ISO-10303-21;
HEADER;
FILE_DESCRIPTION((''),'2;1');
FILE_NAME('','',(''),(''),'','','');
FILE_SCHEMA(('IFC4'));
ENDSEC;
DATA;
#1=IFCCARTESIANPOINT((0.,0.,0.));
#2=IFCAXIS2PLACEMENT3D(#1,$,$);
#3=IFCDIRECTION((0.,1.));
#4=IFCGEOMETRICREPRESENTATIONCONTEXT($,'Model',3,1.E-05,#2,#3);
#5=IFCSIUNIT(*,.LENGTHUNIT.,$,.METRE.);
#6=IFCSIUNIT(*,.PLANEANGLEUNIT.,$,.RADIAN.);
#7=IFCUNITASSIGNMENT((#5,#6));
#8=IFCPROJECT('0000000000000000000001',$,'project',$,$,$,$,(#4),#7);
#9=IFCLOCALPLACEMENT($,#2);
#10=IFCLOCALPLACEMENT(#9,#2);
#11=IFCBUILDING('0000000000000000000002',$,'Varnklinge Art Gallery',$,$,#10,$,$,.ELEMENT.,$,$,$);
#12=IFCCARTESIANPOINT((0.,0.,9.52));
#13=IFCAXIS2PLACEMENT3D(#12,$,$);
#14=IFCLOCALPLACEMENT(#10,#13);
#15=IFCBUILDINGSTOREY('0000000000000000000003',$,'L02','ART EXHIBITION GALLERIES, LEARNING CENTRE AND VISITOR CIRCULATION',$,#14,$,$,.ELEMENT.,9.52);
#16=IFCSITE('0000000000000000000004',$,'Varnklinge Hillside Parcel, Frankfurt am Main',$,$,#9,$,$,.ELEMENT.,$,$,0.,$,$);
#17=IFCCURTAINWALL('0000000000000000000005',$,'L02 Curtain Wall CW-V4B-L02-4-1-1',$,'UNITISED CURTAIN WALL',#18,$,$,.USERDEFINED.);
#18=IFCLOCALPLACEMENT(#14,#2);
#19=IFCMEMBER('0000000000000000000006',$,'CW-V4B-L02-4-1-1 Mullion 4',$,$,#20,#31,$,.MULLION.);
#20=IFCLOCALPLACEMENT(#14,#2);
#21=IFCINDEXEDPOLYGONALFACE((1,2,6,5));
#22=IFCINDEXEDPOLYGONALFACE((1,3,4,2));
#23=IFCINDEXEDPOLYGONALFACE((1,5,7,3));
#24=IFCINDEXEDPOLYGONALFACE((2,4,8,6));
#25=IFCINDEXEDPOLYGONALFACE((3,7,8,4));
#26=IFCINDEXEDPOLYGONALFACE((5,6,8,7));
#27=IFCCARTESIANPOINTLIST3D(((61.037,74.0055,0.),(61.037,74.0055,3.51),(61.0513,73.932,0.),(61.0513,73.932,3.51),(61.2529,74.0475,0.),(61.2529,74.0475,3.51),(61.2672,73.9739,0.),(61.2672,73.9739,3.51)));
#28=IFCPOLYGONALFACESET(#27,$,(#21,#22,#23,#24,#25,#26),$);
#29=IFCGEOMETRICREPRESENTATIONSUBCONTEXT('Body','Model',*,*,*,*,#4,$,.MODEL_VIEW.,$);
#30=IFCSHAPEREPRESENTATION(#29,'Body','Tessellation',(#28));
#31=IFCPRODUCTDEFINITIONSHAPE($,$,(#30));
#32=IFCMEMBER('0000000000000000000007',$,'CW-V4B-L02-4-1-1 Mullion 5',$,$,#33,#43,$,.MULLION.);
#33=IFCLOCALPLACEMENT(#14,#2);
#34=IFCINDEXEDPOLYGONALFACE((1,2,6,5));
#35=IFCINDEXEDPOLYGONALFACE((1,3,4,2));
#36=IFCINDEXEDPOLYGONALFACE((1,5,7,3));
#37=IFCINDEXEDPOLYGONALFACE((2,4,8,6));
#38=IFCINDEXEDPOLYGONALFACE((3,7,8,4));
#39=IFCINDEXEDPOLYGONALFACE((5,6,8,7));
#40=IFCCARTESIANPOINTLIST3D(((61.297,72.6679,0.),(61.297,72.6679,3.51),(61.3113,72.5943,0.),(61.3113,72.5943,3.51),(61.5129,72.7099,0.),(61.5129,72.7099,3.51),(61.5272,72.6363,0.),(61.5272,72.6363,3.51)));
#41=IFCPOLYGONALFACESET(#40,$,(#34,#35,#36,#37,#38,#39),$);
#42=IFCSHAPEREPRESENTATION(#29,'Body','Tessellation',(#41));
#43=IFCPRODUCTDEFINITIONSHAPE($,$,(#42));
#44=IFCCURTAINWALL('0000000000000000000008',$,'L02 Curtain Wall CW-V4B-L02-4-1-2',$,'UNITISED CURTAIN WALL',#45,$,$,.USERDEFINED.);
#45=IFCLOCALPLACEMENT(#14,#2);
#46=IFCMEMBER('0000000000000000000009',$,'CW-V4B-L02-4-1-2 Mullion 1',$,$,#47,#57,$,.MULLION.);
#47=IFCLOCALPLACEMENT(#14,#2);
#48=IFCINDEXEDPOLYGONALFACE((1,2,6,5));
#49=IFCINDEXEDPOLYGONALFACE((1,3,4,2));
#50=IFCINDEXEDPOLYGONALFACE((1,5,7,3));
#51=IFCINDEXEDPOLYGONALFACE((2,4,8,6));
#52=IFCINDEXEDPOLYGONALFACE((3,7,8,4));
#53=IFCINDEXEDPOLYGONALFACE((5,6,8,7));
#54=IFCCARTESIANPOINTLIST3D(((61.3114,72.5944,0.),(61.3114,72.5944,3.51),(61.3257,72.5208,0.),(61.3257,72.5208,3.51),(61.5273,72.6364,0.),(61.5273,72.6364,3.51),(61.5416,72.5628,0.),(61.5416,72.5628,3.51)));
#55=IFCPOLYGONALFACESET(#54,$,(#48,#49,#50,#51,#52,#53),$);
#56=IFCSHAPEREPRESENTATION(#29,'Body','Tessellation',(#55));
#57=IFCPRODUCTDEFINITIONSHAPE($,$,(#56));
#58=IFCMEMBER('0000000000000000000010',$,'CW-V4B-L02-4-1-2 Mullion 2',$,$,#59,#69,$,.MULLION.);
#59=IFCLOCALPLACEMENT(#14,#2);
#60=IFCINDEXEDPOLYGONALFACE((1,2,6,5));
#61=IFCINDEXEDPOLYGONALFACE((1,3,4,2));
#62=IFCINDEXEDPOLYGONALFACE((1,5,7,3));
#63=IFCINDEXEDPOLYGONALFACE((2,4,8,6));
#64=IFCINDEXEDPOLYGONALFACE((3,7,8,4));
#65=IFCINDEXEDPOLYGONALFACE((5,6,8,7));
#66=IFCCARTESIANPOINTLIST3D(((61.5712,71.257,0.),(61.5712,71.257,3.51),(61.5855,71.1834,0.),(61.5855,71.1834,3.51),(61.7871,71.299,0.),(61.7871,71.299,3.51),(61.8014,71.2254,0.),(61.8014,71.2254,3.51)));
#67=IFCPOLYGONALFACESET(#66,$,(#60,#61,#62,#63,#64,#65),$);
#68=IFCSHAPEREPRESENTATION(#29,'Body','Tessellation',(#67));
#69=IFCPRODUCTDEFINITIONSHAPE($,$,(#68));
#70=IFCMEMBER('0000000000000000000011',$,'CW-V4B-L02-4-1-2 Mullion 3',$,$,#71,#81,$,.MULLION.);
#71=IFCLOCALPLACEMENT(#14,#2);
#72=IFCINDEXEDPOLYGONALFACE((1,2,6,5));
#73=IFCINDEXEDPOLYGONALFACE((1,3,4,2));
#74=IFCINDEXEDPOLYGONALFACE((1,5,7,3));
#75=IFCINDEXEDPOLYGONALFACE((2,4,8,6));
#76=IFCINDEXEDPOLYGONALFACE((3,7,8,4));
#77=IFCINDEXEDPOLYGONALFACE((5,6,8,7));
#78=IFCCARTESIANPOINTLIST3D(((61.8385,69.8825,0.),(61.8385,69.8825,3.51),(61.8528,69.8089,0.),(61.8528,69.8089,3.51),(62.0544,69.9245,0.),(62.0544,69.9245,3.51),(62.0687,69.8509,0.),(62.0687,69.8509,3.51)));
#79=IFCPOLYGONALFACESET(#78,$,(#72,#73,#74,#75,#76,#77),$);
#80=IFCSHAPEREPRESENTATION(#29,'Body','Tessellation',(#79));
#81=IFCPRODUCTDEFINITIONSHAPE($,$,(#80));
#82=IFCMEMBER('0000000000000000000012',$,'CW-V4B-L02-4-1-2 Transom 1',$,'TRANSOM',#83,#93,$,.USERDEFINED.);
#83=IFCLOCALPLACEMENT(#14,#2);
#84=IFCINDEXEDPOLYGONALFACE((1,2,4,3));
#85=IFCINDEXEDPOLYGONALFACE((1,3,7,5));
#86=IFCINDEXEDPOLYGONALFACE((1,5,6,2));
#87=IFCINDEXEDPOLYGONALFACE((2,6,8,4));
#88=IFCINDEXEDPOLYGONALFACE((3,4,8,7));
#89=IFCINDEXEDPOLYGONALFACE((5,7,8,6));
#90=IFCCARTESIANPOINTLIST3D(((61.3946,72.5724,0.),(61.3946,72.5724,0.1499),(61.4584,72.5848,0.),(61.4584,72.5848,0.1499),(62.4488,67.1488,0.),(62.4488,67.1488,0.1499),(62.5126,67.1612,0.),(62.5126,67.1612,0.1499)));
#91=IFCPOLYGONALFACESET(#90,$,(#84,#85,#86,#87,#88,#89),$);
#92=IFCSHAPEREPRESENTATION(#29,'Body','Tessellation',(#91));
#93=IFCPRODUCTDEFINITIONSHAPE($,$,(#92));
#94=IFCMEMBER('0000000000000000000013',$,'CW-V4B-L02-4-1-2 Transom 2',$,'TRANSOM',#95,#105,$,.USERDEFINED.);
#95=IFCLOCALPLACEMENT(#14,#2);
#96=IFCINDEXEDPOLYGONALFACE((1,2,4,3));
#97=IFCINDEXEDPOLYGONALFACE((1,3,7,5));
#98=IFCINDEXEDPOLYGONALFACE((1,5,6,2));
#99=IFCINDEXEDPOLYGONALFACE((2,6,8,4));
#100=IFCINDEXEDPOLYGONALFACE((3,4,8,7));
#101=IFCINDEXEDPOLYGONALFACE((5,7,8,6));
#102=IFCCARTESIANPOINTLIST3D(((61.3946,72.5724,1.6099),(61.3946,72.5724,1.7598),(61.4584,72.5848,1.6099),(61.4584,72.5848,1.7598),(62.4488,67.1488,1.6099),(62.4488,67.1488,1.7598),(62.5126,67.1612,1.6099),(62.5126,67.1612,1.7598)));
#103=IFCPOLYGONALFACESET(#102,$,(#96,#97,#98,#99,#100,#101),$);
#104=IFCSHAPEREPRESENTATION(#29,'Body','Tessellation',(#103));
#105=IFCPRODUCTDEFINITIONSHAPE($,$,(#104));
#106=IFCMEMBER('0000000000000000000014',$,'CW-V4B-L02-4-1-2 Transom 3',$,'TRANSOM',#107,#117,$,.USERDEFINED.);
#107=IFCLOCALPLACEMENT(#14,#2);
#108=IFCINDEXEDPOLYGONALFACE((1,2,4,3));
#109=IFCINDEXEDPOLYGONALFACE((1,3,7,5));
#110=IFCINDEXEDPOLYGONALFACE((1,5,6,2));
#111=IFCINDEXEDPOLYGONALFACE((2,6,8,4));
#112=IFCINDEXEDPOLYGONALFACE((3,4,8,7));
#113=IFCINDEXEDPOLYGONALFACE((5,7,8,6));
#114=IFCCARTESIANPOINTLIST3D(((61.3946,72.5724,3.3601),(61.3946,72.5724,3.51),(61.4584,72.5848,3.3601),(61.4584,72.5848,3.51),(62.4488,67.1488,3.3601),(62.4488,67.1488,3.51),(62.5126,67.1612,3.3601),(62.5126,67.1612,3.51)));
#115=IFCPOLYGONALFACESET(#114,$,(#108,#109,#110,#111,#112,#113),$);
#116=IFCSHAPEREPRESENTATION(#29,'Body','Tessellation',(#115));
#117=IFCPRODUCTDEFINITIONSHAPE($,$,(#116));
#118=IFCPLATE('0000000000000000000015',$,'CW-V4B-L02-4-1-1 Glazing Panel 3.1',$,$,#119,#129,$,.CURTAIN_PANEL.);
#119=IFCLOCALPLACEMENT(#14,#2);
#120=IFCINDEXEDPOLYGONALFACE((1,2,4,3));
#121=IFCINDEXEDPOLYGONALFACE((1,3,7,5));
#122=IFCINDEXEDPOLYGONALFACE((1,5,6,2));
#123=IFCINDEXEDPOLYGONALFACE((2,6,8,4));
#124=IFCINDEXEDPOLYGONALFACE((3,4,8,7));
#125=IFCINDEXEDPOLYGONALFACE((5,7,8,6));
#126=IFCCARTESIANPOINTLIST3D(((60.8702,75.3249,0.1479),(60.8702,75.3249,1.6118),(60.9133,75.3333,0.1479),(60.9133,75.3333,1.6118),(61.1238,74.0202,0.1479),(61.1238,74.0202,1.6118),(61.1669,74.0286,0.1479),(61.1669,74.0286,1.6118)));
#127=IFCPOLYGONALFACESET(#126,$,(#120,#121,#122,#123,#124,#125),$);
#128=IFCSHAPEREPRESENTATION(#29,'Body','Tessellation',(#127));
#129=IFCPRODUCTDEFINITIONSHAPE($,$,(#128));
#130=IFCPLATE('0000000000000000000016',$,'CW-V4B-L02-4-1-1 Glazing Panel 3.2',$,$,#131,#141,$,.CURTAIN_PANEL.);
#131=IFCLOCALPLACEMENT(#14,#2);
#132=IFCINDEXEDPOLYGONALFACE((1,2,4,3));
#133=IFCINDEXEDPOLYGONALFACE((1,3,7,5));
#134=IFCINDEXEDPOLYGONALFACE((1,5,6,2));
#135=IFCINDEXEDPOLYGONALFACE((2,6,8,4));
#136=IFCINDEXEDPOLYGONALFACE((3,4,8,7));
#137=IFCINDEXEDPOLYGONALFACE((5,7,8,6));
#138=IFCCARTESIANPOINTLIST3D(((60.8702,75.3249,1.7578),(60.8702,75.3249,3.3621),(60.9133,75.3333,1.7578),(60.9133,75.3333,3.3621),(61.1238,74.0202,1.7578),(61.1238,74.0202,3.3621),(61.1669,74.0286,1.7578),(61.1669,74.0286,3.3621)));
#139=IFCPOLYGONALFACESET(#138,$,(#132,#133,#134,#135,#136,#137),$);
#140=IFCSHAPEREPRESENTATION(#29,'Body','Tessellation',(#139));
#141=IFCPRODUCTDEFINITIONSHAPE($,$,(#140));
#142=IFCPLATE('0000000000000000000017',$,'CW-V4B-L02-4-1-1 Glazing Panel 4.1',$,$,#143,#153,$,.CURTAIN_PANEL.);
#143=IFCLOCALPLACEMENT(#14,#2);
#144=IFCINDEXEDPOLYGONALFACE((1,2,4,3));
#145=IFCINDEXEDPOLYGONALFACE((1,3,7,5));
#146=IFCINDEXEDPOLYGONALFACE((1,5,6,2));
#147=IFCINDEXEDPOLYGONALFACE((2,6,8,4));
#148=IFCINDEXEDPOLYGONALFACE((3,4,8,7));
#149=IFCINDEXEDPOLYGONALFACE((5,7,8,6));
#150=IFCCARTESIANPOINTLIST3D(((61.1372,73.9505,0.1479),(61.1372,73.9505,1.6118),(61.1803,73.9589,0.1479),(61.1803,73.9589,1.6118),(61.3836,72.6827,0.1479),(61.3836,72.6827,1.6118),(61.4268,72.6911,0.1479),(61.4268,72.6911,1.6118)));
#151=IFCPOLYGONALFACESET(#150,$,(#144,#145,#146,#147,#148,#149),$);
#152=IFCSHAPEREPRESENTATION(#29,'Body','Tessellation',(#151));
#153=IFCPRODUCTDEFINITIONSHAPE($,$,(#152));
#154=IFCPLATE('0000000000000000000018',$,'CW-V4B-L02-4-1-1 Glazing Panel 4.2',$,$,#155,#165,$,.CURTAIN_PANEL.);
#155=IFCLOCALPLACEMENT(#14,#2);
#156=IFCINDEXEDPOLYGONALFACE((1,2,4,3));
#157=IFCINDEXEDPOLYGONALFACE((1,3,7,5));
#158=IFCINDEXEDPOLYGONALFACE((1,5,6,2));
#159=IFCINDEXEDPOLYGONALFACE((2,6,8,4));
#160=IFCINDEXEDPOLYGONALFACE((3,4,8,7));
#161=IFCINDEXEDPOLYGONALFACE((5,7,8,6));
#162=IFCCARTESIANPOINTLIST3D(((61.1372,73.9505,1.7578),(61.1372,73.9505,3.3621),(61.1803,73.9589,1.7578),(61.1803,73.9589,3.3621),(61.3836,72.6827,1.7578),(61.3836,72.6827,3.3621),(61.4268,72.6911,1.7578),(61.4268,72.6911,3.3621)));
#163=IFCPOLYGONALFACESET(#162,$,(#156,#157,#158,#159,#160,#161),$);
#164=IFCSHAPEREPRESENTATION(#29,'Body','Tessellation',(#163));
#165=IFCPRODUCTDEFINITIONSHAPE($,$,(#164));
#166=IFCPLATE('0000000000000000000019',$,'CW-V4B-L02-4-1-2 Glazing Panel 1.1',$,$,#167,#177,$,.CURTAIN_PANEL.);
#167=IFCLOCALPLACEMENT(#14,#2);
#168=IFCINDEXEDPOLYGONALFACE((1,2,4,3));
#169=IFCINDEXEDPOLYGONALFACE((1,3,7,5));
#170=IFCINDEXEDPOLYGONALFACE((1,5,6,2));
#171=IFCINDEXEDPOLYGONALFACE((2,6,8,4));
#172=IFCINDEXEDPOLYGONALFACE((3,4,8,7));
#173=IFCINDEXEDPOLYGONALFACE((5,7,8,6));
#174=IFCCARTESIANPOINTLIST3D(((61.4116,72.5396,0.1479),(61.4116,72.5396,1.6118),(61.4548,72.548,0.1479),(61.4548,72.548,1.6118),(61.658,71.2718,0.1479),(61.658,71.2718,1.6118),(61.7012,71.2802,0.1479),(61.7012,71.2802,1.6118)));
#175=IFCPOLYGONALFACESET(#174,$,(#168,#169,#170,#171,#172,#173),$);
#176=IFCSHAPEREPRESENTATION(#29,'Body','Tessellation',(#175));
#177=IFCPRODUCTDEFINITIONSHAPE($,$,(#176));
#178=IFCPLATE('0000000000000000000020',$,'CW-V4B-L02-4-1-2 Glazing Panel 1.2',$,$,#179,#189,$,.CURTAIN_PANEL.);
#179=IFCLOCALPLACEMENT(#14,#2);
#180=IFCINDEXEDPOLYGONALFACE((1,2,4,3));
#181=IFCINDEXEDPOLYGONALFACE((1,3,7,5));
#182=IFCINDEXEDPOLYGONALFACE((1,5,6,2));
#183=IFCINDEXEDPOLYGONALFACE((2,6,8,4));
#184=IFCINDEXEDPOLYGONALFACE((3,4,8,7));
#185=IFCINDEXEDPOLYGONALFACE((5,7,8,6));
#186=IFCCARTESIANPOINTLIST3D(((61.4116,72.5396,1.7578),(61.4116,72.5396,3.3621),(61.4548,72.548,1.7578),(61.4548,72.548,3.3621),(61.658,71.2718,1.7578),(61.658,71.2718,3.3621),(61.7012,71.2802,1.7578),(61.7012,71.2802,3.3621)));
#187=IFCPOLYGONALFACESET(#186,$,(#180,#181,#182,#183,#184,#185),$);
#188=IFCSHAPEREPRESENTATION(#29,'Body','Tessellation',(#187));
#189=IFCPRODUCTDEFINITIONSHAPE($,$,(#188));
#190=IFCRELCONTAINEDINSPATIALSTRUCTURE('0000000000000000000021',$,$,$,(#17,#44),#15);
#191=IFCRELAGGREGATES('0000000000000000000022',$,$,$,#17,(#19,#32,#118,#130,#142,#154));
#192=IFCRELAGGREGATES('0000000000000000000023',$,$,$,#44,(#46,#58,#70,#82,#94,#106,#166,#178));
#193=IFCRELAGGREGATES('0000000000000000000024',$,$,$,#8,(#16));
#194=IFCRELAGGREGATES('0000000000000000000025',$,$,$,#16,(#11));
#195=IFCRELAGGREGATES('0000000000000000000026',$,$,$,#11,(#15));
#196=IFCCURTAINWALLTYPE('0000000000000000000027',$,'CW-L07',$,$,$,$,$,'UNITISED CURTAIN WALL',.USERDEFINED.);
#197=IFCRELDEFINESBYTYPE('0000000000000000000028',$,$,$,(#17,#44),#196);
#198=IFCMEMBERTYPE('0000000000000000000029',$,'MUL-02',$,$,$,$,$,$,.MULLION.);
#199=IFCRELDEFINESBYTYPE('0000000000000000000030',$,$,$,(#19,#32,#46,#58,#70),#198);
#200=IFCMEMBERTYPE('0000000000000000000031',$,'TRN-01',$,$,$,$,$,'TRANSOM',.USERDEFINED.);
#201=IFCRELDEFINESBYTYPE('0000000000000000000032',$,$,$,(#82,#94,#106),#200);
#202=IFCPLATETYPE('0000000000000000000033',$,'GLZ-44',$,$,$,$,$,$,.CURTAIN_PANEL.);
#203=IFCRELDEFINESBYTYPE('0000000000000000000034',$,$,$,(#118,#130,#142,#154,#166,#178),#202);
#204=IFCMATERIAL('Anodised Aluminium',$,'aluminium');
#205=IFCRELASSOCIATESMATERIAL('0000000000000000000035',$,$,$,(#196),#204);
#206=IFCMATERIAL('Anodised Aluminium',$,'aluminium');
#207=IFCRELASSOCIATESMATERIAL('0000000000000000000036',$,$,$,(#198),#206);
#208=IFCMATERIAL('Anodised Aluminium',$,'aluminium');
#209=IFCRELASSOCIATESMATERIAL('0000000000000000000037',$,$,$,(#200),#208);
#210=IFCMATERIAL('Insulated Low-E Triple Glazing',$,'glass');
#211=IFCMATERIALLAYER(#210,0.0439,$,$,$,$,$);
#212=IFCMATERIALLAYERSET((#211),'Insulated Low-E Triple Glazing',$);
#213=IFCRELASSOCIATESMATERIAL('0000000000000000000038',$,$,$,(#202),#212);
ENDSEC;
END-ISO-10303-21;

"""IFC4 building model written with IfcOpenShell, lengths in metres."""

from ifc_helpers import new_model, si_unit, direction, frame, origin, origin_2d, place, context, subcontext, project, spatial, rectangle, extrude, material, layer, layer_set, material_profile, profile_set, type_object, element, aggregate, save


model = new_model("IFC4")

# Units and contexts
model_context = context("Model", 3, precision=1e-05, world=origin(), true_north=direction((0.0, 1.0)))
body_context = subcontext(model_context, "Body", "Model", "MODEL_VIEW")
ifc_project = project(units=[si_unit("LENGTHUNIT", "METRE"), si_unit("PLANEANGLEUNIT", "RADIAN")], contexts=[model_context])

# Site, building, storey
site_placement = place(None, origin())
site = spatial("IfcSite", under=ifc_project, at=site_placement, Name="Varnklinge Hillside Parcel, Frankfurt am Main", CompositionType="ELEMENT", RefElevation=0.0)
building_placement = place(site_placement, origin())
building = spatial("IfcBuilding", under=site, at=building_placement, Name="Varnklinge Art Gallery", CompositionType="ELEMENT")
storey_placement = place(building_placement, frame((0.0, 0.0, 9.52)))
storey = spatial("IfcBuildingStorey", under=building, at=storey_placement, Name="L02", Description="ART EXHIBITION GALLERIES, LEARNING CENTRE AND VISITOR CIRCULATION", CompositionType="ELEMENT", Elevation=9.52)

# Curtain walls, members
ifc_material_1 = material(Name="Anodised Aluminium", Category="aluminium")
curtain_wall_type = type_object("IfcCurtainWallType", Name="CW-L07", ElementType="UNITISED CURTAIN WALL", PredefinedType="USERDEFINED", material=ifc_material_1)
curtain_wall_1_placement = place(storey_placement, origin())
curtain_wall_1 = element("IfcCurtainWall", 1, at=curtain_wall_1_placement, inside=storey, type_object=curtain_wall_type, Name="L02 Curtain Wall CW-V4B-L02-4-1-1", ObjectType="UNITISED CURTAIN WALL", PredefinedType="USERDEFINED")
ifc_material_2 = material(Name="Anodised Aluminium", Category="aluminium")
ifc_material_profile_1 = material_profile(ifc_material_2, rectangle(XDim=0.075, YDim=0.22, at=origin_2d()), Name="ALU 75x220")
ifc_profile_set_1 = profile_set([ifc_material_profile_1], Name="Anodised Aluminium")
member_type_1 = type_object("IfcMemberType", Name="MUL-02", PredefinedType="MULLION", material=ifc_profile_set_1)
member_1_placement = place(storey_placement, frame((61.1521, 73.9897, 0.0), z_axis=(0.0, 0.0, 1.0), x_axis=(0.190809, -0.981627, 0.0)))
member_1 = element("IfcMember", 2, at=member_1_placement, type_object=member_type_1, Name="CW-V4B-L02-4-1-1 Mullion 4", PredefinedType="MULLION", context=body_context, shape_type="SweptSolid", body=[
    extrude(rectangle(XDim=0.075, YDim=0.22, at=origin_2d()), origin(), (0.0, 0.0, 1.0), 3.51),
])
member_2_placement = place(storey_placement, frame((61.4121, 72.6521, 0.0), z_axis=(0.0, 0.0, 1.0), x_axis=(0.190809, -0.981627, 0.0)))
member_2 = element("IfcMember", 3, at=member_2_placement, type_object=member_type_1, Name="CW-V4B-L02-4-1-1 Mullion 5", PredefinedType="MULLION", context=body_context, shape_type="SweptSolid", body=[
    extrude(rectangle(XDim=0.075, YDim=0.22, at=origin_2d()), origin(), (0.0, 0.0, 1.0), 3.51),
])
curtain_wall_2_placement = place(storey_placement, origin())
curtain_wall_2 = element("IfcCurtainWall", 4, at=curtain_wall_2_placement, inside=storey, type_object=curtain_wall_type, Name="L02 Curtain Wall CW-V4B-L02-4-1-2", ObjectType="UNITISED CURTAIN WALL", PredefinedType="USERDEFINED")
member_3_placement = place(storey_placement, frame((61.4265, 72.5786, 0.0), z_axis=(0.0, 0.0, 1.0), x_axis=(0.190809, -0.981627, 0.0)))
member_3 = element("IfcMember", 5, at=member_3_placement, type_object=member_type_1, Name="CW-V4B-L02-4-1-2 Mullion 1", PredefinedType="MULLION", context=body_context, shape_type="SweptSolid", body=[
    extrude(rectangle(XDim=0.075, YDim=0.22, at=origin_2d()), origin(), (0.0, 0.0, 1.0), 3.51),
])
member_4_placement = place(storey_placement, frame((61.6863, 71.2412, 0.0), z_axis=(0.0, 0.0, 1.0), x_axis=(0.190809, -0.981627, 0.0)))
member_4 = element("IfcMember", 6, at=member_4_placement, type_object=member_type_1, Name="CW-V4B-L02-4-1-2 Mullion 2", PredefinedType="MULLION", context=body_context, shape_type="SweptSolid", body=[
    extrude(rectangle(XDim=0.075, YDim=0.22, at=origin_2d()), origin(), (0.0, 0.0, 1.0), 3.51),
])
member_5_placement = place(storey_placement, frame((61.9536, 69.8667, 0.0), z_axis=(0.0, 0.0, 1.0), x_axis=(0.190809, -0.981627, 0.0)))
member_5 = element("IfcMember", 7, at=member_5_placement, type_object=member_type_1, Name="CW-V4B-L02-4-1-2 Mullion 3", PredefinedType="MULLION", context=body_context, shape_type="SweptSolid", body=[
    extrude(rectangle(XDim=0.075, YDim=0.22, at=origin_2d()), origin(), (0.0, 0.0, 1.0), 3.51),
])
ifc_material_3 = material(Name="Anodised Aluminium", Category="aluminium")
ifc_material_profile_2 = material_profile(ifc_material_3, rectangle(XDim=0.0649, YDim=0.1499, at=origin_2d()), Name="ALU 65x150")
ifc_profile_set_2 = profile_set([ifc_material_profile_2], Name="Anodised Aluminium")
member_type_2 = type_object("IfcMemberType", Name="TRN-01", ElementType="TRANSOM", PredefinedType="USERDEFINED", material=ifc_profile_set_2)
member_6_placement = place(storey_placement, frame((61.4265, 72.5786, 0.075), z_axis=(0.190802, -0.981628, 0.0), x_axis=(0.981628, 0.190802, 0.0)))
member_6 = element("IfcMember", 8, at=member_6_placement, type_object=member_type_2, Name="CW-V4B-L02-4-1-2 Transom 1", ObjectType="TRANSOM", PredefinedType="USERDEFINED", context=body_context, shape_type="SweptSolid", body=[
    extrude(rectangle(XDim=0.0649, YDim=0.1499, at=origin_2d()), origin(), (0.0, 0.0, 1.0), 5.5251),
])
member_7_placement = place(storey_placement, frame((61.4265, 72.5786, 1.6848), z_axis=(0.190802, -0.981628, 0.0), x_axis=(0.981628, 0.190802, 0.0)))
member_7 = element("IfcMember", 9, at=member_7_placement, type_object=member_type_2, Name="CW-V4B-L02-4-1-2 Transom 2", ObjectType="TRANSOM", PredefinedType="USERDEFINED", context=body_context, shape_type="SweptSolid", body=[
    extrude(rectangle(XDim=0.0649, YDim=0.1499, at=origin_2d()), origin(), (0.0, 0.0, 1.0), 5.5251),
])
member_8_placement = place(storey_placement, frame((61.4265, 72.5786, 3.4351), z_axis=(0.190802, -0.981628, 0.0), x_axis=(0.981628, 0.190802, 0.0)))
member_8 = element("IfcMember", 10, at=member_8_placement, type_object=member_type_2, Name="CW-V4B-L02-4-1-2 Transom 3", ObjectType="TRANSOM", PredefinedType="USERDEFINED", context=body_context, shape_type="SweptSolid", body=[
    extrude(rectangle(XDim=0.0649, YDim=0.1499, at=origin_2d()), origin(), (0.0, 0.0, 1.0), 5.5251),
])

# Plates
ifc_material_4 = material(Name="Insulated Low-E Triple Glazing", Category="glass")
ifc_layer_1 = layer(ifc_material_4, 0.0439)
ifc_layer_set_1 = layer_set([ifc_layer_1], Name="Insulated Low-E Triple Glazing")
plate_type = type_object("IfcPlateType", Name="GLZ-44", PredefinedType="CURTAIN_PANEL", material=ifc_layer_set_1)
plate_1_placement = place(storey_placement, frame((61.0186, 74.6768, 0.1479), z_axis=(0.0, 0.0, 1.0), x_axis=(0.190809, -0.981627, 0.0)))
plate_1 = element("IfcPlate", 11, at=plate_1_placement, type_object=plate_type, Name="CW-V4B-L02-4-1-1 Glazing Panel 3.1", PredefinedType="CURTAIN_PANEL", context=body_context, shape_type="SweptSolid", body=[
    extrude(rectangle(XDim=1.3291, YDim=0.0439, at=origin_2d()), origin(), (0.0, 0.0, 1.0), 1.4639),
])
plate_2_placement = place(storey_placement, frame((61.0186, 74.6768, 1.7578), z_axis=(0.0, 0.0, 1.0), x_axis=(0.190809, -0.981627, 0.0)))
plate_2 = element("IfcPlate", 12, at=plate_2_placement, type_object=plate_type, Name="CW-V4B-L02-4-1-1 Glazing Panel 3.2", PredefinedType="CURTAIN_PANEL", context=body_context, shape_type="SweptSolid", body=[
    extrude(rectangle(XDim=1.3291, YDim=0.0439, at=origin_2d()), origin(), (0.0, 0.0, 1.0), 1.6042),
])
plate_3_placement = place(storey_placement, frame((61.282, 73.3208, 0.1479), z_axis=(0.0, 0.0, 1.0), x_axis=(0.190809, -0.981627, 0.0)))
plate_3 = element("IfcPlate", 13, at=plate_3_placement, type_object=plate_type, Name="CW-V4B-L02-4-1-1 Glazing Panel 4.1", PredefinedType="CURTAIN_PANEL", context=body_context, shape_type="SweptSolid", body=[
    extrude(rectangle(XDim=1.2915, YDim=0.0439, at=origin_2d()), origin(), (0.0, 0.0, 1.0), 1.4639),
])
plate_4_placement = place(storey_placement, frame((61.282, 73.3208, 1.7578), z_axis=(0.0, 0.0, 1.0), x_axis=(0.190809, -0.981627, 0.0)))
plate_4 = element("IfcPlate", 14, at=plate_4_placement, type_object=plate_type, Name="CW-V4B-L02-4-1-1 Glazing Panel 4.2", PredefinedType="CURTAIN_PANEL", context=body_context, shape_type="SweptSolid", body=[
    extrude(rectangle(XDim=1.2915, YDim=0.0439, at=origin_2d()), origin(), (0.0, 0.0, 1.0), 1.6042),
])
aggregate(curtain_wall_1, [member_1, member_2, plate_1, plate_2, plate_3, plate_4])
plate_5_placement = place(storey_placement, frame((61.5564, 71.9099, 0.1479), z_axis=(0.0, 0.0, 1.0), x_axis=(0.190809, -0.981627, 0.0)))
plate_5 = element("IfcPlate", 15, at=plate_5_placement, type_object=plate_type, Name="CW-V4B-L02-4-1-2 Glazing Panel 1.1", PredefinedType="CURTAIN_PANEL", context=body_context, shape_type="SweptSolid", body=[
    extrude(rectangle(XDim=1.2915, YDim=0.0439, at=origin_2d()), origin(), (0.0, 0.0, 1.0), 1.4639),
])
plate_6_placement = place(storey_placement, frame((61.5564, 71.9099, 1.7578), z_axis=(0.0, 0.0, 1.0), x_axis=(0.190809, -0.981627, 0.0)))
plate_6 = element("IfcPlate", 16, at=plate_6_placement, type_object=plate_type, Name="CW-V4B-L02-4-1-2 Glazing Panel 1.2", PredefinedType="CURTAIN_PANEL", context=body_context, shape_type="SweptSolid", body=[
    extrude(rectangle(XDim=1.2915, YDim=0.0439, at=origin_2d()), origin(), (0.0, 0.0, 1.0), 1.6042),
])
aggregate(curtain_wall_2, [member_3, member_4, member_5, member_6, member_7, member_8, plate_5, plate_6])

save(model, "model.ifc")
